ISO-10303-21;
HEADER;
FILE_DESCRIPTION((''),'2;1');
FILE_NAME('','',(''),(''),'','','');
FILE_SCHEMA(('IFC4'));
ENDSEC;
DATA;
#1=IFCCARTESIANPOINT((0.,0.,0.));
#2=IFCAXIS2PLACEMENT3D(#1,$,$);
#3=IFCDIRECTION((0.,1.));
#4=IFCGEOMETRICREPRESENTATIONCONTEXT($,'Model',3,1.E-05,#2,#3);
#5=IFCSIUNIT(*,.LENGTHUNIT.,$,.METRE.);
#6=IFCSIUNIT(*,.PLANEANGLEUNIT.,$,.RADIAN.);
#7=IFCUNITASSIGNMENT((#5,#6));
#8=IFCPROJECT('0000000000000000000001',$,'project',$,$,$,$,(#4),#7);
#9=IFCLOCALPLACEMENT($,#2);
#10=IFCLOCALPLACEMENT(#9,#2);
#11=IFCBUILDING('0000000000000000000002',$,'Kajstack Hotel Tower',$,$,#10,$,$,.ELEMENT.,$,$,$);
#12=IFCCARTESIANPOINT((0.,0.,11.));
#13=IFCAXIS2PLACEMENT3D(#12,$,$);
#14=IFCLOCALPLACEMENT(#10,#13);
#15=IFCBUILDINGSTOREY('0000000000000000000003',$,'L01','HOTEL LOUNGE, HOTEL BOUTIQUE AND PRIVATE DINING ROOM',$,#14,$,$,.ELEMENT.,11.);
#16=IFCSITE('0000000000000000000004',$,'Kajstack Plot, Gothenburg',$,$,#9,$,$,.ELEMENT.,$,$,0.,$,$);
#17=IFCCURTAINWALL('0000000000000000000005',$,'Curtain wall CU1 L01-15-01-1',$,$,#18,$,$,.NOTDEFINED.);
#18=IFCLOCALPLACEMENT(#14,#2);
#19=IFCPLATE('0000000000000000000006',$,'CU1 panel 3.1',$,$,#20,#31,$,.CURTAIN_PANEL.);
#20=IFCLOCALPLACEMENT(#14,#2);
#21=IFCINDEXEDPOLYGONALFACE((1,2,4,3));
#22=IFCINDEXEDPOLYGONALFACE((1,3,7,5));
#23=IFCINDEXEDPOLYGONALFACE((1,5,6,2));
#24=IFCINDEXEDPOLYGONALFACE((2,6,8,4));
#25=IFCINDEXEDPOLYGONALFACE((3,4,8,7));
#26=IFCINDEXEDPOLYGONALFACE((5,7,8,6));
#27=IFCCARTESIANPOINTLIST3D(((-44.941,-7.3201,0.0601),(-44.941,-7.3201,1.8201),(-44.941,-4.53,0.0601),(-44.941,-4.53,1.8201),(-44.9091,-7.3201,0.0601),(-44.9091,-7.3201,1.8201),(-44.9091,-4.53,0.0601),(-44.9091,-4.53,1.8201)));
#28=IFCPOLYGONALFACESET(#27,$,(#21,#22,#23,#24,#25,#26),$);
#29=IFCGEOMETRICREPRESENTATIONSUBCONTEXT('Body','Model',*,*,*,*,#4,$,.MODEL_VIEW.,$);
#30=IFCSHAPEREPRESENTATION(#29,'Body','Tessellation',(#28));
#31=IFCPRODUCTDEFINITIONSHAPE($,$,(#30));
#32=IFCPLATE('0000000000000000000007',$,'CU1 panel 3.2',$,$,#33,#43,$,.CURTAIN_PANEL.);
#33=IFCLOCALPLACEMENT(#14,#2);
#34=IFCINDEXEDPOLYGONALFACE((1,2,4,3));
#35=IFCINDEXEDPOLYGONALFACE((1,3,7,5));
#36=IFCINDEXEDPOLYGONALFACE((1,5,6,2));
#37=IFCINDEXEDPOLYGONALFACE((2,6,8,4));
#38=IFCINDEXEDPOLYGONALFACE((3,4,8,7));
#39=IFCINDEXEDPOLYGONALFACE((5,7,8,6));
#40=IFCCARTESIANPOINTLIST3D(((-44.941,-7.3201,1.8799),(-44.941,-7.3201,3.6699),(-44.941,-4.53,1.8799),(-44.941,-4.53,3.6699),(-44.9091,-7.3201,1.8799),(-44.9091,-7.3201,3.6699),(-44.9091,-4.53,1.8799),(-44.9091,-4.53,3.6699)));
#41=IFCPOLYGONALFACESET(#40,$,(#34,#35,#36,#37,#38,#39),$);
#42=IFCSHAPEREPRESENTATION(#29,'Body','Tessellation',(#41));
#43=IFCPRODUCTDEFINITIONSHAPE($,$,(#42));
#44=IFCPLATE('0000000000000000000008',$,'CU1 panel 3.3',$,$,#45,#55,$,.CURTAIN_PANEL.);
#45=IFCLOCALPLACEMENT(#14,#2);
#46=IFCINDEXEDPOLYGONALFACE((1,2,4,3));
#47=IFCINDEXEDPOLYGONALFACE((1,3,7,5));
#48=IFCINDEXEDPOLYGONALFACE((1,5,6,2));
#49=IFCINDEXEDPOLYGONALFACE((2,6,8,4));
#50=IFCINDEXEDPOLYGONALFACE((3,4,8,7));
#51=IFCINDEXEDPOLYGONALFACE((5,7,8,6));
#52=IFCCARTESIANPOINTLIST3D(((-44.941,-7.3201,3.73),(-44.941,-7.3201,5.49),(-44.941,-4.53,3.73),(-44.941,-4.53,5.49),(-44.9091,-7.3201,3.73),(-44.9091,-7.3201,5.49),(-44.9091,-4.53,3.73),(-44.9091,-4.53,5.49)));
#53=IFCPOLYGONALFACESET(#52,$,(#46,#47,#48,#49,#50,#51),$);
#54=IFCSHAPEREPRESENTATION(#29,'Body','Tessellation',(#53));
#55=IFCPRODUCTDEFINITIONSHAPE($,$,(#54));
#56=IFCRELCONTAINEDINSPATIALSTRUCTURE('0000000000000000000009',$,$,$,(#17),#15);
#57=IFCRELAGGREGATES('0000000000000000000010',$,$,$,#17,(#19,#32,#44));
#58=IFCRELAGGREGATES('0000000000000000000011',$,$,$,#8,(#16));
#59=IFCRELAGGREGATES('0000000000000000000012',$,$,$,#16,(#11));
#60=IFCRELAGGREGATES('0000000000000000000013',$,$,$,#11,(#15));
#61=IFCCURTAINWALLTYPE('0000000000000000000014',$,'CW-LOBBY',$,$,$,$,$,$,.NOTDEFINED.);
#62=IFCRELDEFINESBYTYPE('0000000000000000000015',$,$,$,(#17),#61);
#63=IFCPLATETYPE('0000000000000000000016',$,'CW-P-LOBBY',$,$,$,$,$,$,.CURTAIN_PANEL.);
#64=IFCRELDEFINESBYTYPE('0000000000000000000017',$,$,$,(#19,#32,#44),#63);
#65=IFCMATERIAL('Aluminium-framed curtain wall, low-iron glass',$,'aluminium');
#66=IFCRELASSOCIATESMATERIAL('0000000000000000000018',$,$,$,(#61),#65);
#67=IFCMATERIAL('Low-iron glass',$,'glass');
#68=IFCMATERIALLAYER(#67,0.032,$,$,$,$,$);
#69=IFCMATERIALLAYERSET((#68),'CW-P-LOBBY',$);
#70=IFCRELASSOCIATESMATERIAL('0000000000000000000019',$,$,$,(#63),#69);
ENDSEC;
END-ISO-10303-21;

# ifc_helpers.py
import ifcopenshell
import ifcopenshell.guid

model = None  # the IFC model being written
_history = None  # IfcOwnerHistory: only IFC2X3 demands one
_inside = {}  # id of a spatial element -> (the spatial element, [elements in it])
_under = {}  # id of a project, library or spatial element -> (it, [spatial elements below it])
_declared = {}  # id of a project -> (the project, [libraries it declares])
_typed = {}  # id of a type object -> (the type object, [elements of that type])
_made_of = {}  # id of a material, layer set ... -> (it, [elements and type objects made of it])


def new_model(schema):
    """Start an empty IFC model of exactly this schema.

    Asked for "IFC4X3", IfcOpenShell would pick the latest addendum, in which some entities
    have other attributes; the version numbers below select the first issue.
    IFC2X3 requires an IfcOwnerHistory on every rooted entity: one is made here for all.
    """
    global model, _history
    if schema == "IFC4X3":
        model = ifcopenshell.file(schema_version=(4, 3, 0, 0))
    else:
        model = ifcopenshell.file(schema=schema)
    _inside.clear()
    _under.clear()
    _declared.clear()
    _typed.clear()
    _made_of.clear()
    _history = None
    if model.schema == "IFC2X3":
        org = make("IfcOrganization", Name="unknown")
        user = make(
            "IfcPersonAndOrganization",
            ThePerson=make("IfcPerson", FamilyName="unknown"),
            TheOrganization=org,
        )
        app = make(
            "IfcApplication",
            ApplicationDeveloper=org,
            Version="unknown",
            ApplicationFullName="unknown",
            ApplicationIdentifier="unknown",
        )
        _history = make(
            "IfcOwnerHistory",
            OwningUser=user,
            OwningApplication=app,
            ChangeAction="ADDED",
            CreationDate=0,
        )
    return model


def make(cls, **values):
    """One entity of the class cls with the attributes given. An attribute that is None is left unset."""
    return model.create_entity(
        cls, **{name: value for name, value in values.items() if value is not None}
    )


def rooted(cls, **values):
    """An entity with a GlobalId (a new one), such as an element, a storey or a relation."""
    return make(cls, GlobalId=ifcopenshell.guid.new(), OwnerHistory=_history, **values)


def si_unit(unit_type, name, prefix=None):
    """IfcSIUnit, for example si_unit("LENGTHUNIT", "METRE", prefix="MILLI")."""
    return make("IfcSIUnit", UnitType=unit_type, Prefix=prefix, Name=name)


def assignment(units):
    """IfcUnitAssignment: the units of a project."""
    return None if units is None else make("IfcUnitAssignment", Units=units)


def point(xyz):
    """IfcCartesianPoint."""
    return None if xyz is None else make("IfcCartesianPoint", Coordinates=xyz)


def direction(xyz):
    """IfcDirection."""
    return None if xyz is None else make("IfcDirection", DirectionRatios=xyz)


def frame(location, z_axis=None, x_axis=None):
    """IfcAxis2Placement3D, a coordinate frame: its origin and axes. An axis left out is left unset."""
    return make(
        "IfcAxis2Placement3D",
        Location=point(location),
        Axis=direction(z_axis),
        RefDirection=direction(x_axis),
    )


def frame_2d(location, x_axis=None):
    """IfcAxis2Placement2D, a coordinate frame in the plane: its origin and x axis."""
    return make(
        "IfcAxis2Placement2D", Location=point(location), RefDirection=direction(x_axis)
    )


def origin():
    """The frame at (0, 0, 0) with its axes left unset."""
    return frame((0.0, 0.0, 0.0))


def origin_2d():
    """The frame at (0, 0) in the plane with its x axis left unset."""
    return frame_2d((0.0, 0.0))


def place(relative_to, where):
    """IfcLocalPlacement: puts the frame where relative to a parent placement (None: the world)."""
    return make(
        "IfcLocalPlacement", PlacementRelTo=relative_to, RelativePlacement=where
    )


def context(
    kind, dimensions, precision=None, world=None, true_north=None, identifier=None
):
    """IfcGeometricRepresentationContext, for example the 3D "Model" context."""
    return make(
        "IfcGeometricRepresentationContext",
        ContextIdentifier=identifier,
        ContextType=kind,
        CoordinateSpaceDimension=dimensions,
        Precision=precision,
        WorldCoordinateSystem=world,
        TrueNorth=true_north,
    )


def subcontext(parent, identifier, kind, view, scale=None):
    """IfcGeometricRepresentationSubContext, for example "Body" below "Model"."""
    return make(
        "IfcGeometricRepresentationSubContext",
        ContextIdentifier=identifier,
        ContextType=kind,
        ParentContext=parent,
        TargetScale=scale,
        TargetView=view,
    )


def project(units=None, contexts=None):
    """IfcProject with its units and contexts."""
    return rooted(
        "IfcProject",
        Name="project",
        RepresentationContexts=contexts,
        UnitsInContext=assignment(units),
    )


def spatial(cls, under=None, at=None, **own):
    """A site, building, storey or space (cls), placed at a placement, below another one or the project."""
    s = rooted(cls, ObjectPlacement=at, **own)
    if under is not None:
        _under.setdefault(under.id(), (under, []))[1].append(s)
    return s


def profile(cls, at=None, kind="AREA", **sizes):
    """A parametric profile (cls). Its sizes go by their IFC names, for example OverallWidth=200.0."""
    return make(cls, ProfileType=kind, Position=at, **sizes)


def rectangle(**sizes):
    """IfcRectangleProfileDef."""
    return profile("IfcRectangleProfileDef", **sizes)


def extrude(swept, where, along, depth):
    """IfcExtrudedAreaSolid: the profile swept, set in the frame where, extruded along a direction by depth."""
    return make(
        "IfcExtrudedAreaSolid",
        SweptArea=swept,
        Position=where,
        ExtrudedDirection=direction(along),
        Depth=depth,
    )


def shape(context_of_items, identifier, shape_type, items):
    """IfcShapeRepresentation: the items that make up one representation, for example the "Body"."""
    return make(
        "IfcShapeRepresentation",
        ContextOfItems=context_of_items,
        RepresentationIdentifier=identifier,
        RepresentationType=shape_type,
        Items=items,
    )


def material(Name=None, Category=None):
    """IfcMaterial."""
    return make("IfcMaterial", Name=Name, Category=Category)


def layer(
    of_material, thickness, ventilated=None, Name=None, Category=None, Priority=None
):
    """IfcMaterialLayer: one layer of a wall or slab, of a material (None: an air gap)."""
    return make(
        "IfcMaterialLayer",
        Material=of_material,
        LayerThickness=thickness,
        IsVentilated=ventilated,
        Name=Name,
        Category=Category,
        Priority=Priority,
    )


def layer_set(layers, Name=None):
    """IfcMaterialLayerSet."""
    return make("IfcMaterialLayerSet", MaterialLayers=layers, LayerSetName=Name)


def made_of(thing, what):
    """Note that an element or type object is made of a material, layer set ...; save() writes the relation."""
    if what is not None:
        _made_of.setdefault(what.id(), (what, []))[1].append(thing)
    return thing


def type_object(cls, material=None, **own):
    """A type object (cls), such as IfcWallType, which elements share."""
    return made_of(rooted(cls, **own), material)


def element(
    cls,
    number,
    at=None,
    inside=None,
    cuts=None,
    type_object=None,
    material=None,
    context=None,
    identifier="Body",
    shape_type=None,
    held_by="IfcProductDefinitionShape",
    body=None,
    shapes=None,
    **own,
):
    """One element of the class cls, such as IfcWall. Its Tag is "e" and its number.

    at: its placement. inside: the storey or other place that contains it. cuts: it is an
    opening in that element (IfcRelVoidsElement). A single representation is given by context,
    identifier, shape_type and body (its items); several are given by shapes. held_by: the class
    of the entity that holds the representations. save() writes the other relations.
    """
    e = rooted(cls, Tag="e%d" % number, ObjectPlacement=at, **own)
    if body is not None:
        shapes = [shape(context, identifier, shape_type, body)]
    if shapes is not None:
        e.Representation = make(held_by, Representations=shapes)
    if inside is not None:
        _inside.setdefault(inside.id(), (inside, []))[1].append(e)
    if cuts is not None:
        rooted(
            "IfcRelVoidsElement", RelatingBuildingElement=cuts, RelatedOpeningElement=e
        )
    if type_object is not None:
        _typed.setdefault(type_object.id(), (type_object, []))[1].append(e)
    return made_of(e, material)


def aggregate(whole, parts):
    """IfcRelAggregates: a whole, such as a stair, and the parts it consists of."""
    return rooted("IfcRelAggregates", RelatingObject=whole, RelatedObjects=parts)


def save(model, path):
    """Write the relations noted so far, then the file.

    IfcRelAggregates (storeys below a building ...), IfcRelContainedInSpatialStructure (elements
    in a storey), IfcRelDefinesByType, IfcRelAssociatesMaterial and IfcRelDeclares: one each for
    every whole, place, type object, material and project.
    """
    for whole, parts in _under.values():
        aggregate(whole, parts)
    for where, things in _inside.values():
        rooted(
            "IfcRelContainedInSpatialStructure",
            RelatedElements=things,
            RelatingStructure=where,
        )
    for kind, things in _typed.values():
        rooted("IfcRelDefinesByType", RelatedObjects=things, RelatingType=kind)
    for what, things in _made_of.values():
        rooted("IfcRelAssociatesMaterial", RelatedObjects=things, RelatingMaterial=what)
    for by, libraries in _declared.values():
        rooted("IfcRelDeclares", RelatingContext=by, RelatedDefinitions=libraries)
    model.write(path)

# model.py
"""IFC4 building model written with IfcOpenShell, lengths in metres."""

from ifc_helpers import new_model, si_unit, direction, frame, origin, origin_2d, place, context, subcontext, project, spatial, rectangle, extrude, material, layer, layer_set, type_object, element, aggregate, save


model = new_model("IFC4")

# Units and contexts
model_context = context("Model", 3, precision=1e-05, world=origin(), true_north=direction((0.0, 1.0)))
body_context = subcontext(model_context, "Body", "Model", "MODEL_VIEW")
ifc_project = project(units=[si_unit("LENGTHUNIT", "METRE"), si_unit("PLANEANGLEUNIT", "RADIAN")], contexts=[model_context])

# Site, building, storey
site_placement = place(None, origin())
site = spatial("IfcSite", under=ifc_project, at=site_placement, Name="Kajstack Plot, Gothenburg", CompositionType="ELEMENT", RefElevation=0.0)
building_placement = place(site_placement, origin())
building = spatial("IfcBuilding", under=site, at=building_placement, Name="Kajstack Hotel Tower", CompositionType="ELEMENT")
storey_placement = place(building_placement, frame((0.0, 0.0, 11.0)))
storey = spatial("IfcBuildingStorey", under=building, at=storey_placement, Name="L01", Description="HOTEL LOUNGE, HOTEL BOUTIQUE AND PRIVATE DINING ROOM", CompositionType="ELEMENT", Elevation=11.0)

# Curtain wall, plates
ifc_material_1 = material(Name="Aluminium-framed curtain wall, low-iron glass", Category="aluminium")
curtain_wall_type = type_object("IfcCurtainWallType", Name="CW-LOBBY", PredefinedType="NOTDEFINED", material=ifc_material_1)
curtain_wall_placement = place(storey_placement, origin())
curtain_wall = element("IfcCurtainWall", 1, at=curtain_wall_placement, inside=storey, type_object=curtain_wall_type, Name="Curtain wall CU1 L01-15-01-1", PredefinedType="NOTDEFINED")
ifc_material_2 = material(Name="Low-iron glass", Category="glass")
ifc_layer = layer(ifc_material_2, 0.032)
ifc_layer_set = layer_set([ifc_layer], Name="CW-P-LOBBY")
plate_type = type_object("IfcPlateType", Name="CW-P-LOBBY", PredefinedType="CURTAIN_PANEL", material=ifc_layer_set)
plate_1_placement = place(storey_placement, frame((-44.925, -5.925, 0.0601), z_axis=(0.0, 0.0, 1.0), x_axis=(0.0, -1.0, 0.0)))
plate_1 = element("IfcPlate", 2, at=plate_1_placement, type_object=plate_type, Name="CU1 panel 3.1", PredefinedType="CURTAIN_PANEL", context=body_context, shape_type="SweptSolid", body=[
    extrude(rectangle(XDim=2.79, YDim=0.032, at=origin_2d()), origin(), (0.0, 0.0, 1.0), 1.76),
])
plate_2_placement = place(storey_placement, frame((-44.925, -5.925, 1.8799), z_axis=(0.0, 0.0, 1.0), x_axis=(0.0, -1.0, 0.0)))
plate_2 = element("IfcPlate", 3, at=plate_2_placement, type_object=plate_type, Name="CU1 panel 3.2", PredefinedType="CURTAIN_PANEL", context=body_context, shape_type="SweptSolid", body=[
    extrude(rectangle(XDim=2.79, YDim=0.032, at=origin_2d()), origin(), (0.0, 0.0, 1.0), 1.79),
])
plate_3_placement = place(storey_placement, frame((-44.925, -5.925, 3.73), z_axis=(0.0, 0.0, 1.0), x_axis=(0.0, -1.0, 0.0)))
plate_3 = element("IfcPlate", 4, at=plate_3_placement, type_object=plate_type, Name="CU1 panel 3.3", PredefinedType="CURTAIN_PANEL", context=body_context, shape_type="SweptSolid", body=[
    extrude(rectangle(XDim=2.79, YDim=0.032, at=origin_2d()), origin(), (0.0, 0.0, 1.0), 1.76),
])
aggregate(curtain_wall, [plate_1, plate_2, plate_3])

save(model, "model.ifc")
